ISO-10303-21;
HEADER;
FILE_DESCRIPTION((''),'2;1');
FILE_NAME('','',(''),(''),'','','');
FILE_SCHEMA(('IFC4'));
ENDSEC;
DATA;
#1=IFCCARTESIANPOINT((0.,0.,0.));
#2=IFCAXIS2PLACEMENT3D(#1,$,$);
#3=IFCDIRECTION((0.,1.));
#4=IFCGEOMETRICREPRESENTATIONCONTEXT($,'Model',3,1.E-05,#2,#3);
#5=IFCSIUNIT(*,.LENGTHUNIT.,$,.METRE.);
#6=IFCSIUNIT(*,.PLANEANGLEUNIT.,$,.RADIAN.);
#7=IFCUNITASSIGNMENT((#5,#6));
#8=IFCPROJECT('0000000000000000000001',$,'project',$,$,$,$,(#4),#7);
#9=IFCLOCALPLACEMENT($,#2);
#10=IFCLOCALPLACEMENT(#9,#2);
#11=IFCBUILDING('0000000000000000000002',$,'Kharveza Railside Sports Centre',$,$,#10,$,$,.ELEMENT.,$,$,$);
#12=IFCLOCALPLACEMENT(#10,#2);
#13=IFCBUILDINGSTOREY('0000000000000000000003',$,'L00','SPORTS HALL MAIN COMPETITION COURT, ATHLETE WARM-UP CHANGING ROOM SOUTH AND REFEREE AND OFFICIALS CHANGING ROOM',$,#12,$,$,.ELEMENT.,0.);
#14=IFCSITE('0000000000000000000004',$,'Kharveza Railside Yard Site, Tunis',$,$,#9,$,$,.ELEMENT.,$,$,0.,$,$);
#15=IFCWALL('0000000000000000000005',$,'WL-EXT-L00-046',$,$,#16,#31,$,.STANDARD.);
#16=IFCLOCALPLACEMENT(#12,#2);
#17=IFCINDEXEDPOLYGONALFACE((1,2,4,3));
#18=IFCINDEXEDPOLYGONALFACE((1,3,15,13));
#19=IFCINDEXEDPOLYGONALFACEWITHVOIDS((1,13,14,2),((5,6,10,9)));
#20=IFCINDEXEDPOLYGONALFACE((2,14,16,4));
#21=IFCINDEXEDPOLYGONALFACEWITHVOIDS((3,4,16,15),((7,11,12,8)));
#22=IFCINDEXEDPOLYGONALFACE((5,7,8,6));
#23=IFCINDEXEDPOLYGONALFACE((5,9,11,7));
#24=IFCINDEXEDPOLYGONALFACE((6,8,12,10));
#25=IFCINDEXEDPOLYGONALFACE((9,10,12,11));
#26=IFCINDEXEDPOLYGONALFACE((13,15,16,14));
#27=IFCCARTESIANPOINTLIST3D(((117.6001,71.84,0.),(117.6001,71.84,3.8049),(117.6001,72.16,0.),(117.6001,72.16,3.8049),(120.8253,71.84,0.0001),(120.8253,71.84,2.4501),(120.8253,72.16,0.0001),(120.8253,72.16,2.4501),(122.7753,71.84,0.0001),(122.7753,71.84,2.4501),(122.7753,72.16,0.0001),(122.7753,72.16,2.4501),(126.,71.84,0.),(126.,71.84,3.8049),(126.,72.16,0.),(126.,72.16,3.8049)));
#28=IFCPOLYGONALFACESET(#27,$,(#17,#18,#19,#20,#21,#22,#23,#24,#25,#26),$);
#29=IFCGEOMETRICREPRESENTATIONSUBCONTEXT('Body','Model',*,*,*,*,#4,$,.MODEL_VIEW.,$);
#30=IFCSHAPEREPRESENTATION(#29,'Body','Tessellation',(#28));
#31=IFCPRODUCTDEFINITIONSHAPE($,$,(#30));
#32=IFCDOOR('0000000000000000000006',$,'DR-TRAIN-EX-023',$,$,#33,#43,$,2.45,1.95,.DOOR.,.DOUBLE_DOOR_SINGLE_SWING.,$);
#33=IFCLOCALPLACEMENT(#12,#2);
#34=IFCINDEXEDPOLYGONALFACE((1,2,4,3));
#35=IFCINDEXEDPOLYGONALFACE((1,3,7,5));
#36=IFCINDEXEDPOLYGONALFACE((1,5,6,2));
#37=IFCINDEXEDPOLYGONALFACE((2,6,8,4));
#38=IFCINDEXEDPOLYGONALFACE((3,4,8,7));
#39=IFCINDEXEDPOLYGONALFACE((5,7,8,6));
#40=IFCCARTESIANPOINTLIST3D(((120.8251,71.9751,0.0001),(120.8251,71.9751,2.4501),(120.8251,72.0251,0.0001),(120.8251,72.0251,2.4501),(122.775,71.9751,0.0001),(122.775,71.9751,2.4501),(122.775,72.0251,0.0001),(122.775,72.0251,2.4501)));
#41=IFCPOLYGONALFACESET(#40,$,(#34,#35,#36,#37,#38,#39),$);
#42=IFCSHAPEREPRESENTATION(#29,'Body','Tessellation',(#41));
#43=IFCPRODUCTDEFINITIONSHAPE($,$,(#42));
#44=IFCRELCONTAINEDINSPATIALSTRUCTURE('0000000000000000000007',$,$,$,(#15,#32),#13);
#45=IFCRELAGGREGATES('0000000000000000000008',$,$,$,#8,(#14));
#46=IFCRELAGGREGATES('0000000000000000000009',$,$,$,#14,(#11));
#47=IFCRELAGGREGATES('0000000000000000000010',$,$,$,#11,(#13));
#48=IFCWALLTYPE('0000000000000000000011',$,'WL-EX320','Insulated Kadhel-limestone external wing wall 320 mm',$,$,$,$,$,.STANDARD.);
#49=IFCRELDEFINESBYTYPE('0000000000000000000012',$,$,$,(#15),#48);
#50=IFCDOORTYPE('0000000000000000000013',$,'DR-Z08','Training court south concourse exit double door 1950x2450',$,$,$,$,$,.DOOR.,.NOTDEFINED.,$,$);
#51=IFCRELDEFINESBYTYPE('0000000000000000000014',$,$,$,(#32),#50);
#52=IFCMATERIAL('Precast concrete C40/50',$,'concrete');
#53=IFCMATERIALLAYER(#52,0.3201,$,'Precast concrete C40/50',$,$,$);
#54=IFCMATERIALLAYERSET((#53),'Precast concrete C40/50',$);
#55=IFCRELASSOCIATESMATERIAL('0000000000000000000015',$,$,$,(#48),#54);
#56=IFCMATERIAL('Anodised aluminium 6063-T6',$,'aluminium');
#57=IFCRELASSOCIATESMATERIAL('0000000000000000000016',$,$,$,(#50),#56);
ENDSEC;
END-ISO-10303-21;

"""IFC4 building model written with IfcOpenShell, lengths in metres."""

from ifc_helpers import new_model, si_unit, direction, frame, frame_2d, origin, place, context, subcontext, project, spatial, rectangle, extrude, material, layer, layer_set, type_object, element, fill, save


model = new_model("IFC4")

# Units and contexts
model_context = context("Model", 3, precision=1e-05, world=origin(), true_north=direction((0.0, 1.0)))
body_context = subcontext(model_context, "Body", "Model", "MODEL_VIEW")
ifc_project = project(units=[si_unit("LENGTHUNIT", "METRE"), si_unit("PLANEANGLEUNIT", "RADIAN")], contexts=[model_context])

# Site, building, storey
site_placement = place(None, origin())
site = spatial("IfcSite", under=ifc_project, at=site_placement, Name="Kharveza Railside Yard Site, Tunis", CompositionType="ELEMENT", RefElevation=0.0)
building_placement = place(site_placement, origin())
building = spatial("IfcBuilding", under=site, at=building_placement, Name="Kharveza Railside Sports Centre", CompositionType="ELEMENT")
storey_placement = place(building_placement, origin())
storey = spatial("IfcBuildingStorey", under=building, at=storey_placement, Name="L00", Description="SPORTS HALL MAIN COMPETITION COURT, ATHLETE WARM-UP CHANGING ROOM SOUTH AND REFEREE AND OFFICIALS CHANGING ROOM", CompositionType="ELEMENT", Elevation=0.0)

# Wall, opening, door
ifc_material_1 = material(Name="Precast concrete C40/50", Category="concrete")
ifc_layer = layer(ifc_material_1, 0.3201, Name="Precast concrete C40/50")
ifc_layer_set = layer_set([ifc_layer], Name="Precast concrete C40/50")
wall_type = type_object("IfcWallType", Name="WL-EX320", Description="Insulated Kadhel-limestone external wing wall 320 mm", PredefinedType="STANDARD", material=ifc_layer_set)
wall_placement = place(storey_placement, frame((117.6001, 72.0, 0.0), z_axis=(0.0, 0.0, 1.0), x_axis=(1.0, 0.0, 0.0)))
wall = element("IfcWall", 1, at=wall_placement, inside=storey, type_object=wall_type, Name="WL-EXT-L00-046", PredefinedType="STANDARD", context=body_context, shape_type="SweptSolid", body=[
    extrude(rectangle(XDim=8.3999, YDim=0.3201, at=frame_2d((4.2, 0.0))), origin(), (0.0, 0.0, 1.0), 3.8049),
])
opening_placement = place(wall_placement, frame((3.2251, 0.0, 0.0)))
opening = element("IfcOpeningElement", 2, at=opening_placement, cuts=wall, PredefinedType="OPENING", context=body_context, shape_type="SweptSolid", body=[
    extrude(rectangle(XDim=1.95, YDim=2.45, at=frame_2d((0.9751, 1.2251))), frame((0.0, 0.1851, 0.0), z_axis=(0.0, -1.0, 0.0), x_axis=(1.0, 0.0, 0.0)), (0.0, 0.0, 1.0), 0.3699),
])
ifc_material_2 = material(Name="Anodised aluminium 6063-T6", Category="aluminium")
door_type = type_object("IfcDoorType", Name="DR-Z08", Description="Training court south concourse exit double door 1950x2450", OperationType="NOTDEFINED", PredefinedType="DOOR", material=ifc_material_2)
door_placement = place(opening_placement, frame((1.95, 0.0, 0.0), z_axis=(0.0, 0.0, 1.0), x_axis=(-1.0, 0.0, 0.0)))
door = element("IfcDoor", 3, at=door_placement, inside=storey, type_object=door_type, Name="DR-TRAIN-EX-023", OperationType="DOUBLE_DOOR_SINGLE_SWING", OverallHeight=2.45, OverallWidth=1.95, PredefinedType="DOOR", context=body_context, shape_type="SweptSolid", body=[
    extrude(rectangle(XDim=1.95, YDim=2.45, at=frame_2d((0.9751, 1.2251))), frame((0.0, 0.0249, 0.0), z_axis=(0.0, -1.0, 0.0), x_axis=(1.0, 0.0, 0.0)), (0.0, 0.0, 1.0), 0.05),
])
fill(opening, door)

save(model, "model.ifc")
